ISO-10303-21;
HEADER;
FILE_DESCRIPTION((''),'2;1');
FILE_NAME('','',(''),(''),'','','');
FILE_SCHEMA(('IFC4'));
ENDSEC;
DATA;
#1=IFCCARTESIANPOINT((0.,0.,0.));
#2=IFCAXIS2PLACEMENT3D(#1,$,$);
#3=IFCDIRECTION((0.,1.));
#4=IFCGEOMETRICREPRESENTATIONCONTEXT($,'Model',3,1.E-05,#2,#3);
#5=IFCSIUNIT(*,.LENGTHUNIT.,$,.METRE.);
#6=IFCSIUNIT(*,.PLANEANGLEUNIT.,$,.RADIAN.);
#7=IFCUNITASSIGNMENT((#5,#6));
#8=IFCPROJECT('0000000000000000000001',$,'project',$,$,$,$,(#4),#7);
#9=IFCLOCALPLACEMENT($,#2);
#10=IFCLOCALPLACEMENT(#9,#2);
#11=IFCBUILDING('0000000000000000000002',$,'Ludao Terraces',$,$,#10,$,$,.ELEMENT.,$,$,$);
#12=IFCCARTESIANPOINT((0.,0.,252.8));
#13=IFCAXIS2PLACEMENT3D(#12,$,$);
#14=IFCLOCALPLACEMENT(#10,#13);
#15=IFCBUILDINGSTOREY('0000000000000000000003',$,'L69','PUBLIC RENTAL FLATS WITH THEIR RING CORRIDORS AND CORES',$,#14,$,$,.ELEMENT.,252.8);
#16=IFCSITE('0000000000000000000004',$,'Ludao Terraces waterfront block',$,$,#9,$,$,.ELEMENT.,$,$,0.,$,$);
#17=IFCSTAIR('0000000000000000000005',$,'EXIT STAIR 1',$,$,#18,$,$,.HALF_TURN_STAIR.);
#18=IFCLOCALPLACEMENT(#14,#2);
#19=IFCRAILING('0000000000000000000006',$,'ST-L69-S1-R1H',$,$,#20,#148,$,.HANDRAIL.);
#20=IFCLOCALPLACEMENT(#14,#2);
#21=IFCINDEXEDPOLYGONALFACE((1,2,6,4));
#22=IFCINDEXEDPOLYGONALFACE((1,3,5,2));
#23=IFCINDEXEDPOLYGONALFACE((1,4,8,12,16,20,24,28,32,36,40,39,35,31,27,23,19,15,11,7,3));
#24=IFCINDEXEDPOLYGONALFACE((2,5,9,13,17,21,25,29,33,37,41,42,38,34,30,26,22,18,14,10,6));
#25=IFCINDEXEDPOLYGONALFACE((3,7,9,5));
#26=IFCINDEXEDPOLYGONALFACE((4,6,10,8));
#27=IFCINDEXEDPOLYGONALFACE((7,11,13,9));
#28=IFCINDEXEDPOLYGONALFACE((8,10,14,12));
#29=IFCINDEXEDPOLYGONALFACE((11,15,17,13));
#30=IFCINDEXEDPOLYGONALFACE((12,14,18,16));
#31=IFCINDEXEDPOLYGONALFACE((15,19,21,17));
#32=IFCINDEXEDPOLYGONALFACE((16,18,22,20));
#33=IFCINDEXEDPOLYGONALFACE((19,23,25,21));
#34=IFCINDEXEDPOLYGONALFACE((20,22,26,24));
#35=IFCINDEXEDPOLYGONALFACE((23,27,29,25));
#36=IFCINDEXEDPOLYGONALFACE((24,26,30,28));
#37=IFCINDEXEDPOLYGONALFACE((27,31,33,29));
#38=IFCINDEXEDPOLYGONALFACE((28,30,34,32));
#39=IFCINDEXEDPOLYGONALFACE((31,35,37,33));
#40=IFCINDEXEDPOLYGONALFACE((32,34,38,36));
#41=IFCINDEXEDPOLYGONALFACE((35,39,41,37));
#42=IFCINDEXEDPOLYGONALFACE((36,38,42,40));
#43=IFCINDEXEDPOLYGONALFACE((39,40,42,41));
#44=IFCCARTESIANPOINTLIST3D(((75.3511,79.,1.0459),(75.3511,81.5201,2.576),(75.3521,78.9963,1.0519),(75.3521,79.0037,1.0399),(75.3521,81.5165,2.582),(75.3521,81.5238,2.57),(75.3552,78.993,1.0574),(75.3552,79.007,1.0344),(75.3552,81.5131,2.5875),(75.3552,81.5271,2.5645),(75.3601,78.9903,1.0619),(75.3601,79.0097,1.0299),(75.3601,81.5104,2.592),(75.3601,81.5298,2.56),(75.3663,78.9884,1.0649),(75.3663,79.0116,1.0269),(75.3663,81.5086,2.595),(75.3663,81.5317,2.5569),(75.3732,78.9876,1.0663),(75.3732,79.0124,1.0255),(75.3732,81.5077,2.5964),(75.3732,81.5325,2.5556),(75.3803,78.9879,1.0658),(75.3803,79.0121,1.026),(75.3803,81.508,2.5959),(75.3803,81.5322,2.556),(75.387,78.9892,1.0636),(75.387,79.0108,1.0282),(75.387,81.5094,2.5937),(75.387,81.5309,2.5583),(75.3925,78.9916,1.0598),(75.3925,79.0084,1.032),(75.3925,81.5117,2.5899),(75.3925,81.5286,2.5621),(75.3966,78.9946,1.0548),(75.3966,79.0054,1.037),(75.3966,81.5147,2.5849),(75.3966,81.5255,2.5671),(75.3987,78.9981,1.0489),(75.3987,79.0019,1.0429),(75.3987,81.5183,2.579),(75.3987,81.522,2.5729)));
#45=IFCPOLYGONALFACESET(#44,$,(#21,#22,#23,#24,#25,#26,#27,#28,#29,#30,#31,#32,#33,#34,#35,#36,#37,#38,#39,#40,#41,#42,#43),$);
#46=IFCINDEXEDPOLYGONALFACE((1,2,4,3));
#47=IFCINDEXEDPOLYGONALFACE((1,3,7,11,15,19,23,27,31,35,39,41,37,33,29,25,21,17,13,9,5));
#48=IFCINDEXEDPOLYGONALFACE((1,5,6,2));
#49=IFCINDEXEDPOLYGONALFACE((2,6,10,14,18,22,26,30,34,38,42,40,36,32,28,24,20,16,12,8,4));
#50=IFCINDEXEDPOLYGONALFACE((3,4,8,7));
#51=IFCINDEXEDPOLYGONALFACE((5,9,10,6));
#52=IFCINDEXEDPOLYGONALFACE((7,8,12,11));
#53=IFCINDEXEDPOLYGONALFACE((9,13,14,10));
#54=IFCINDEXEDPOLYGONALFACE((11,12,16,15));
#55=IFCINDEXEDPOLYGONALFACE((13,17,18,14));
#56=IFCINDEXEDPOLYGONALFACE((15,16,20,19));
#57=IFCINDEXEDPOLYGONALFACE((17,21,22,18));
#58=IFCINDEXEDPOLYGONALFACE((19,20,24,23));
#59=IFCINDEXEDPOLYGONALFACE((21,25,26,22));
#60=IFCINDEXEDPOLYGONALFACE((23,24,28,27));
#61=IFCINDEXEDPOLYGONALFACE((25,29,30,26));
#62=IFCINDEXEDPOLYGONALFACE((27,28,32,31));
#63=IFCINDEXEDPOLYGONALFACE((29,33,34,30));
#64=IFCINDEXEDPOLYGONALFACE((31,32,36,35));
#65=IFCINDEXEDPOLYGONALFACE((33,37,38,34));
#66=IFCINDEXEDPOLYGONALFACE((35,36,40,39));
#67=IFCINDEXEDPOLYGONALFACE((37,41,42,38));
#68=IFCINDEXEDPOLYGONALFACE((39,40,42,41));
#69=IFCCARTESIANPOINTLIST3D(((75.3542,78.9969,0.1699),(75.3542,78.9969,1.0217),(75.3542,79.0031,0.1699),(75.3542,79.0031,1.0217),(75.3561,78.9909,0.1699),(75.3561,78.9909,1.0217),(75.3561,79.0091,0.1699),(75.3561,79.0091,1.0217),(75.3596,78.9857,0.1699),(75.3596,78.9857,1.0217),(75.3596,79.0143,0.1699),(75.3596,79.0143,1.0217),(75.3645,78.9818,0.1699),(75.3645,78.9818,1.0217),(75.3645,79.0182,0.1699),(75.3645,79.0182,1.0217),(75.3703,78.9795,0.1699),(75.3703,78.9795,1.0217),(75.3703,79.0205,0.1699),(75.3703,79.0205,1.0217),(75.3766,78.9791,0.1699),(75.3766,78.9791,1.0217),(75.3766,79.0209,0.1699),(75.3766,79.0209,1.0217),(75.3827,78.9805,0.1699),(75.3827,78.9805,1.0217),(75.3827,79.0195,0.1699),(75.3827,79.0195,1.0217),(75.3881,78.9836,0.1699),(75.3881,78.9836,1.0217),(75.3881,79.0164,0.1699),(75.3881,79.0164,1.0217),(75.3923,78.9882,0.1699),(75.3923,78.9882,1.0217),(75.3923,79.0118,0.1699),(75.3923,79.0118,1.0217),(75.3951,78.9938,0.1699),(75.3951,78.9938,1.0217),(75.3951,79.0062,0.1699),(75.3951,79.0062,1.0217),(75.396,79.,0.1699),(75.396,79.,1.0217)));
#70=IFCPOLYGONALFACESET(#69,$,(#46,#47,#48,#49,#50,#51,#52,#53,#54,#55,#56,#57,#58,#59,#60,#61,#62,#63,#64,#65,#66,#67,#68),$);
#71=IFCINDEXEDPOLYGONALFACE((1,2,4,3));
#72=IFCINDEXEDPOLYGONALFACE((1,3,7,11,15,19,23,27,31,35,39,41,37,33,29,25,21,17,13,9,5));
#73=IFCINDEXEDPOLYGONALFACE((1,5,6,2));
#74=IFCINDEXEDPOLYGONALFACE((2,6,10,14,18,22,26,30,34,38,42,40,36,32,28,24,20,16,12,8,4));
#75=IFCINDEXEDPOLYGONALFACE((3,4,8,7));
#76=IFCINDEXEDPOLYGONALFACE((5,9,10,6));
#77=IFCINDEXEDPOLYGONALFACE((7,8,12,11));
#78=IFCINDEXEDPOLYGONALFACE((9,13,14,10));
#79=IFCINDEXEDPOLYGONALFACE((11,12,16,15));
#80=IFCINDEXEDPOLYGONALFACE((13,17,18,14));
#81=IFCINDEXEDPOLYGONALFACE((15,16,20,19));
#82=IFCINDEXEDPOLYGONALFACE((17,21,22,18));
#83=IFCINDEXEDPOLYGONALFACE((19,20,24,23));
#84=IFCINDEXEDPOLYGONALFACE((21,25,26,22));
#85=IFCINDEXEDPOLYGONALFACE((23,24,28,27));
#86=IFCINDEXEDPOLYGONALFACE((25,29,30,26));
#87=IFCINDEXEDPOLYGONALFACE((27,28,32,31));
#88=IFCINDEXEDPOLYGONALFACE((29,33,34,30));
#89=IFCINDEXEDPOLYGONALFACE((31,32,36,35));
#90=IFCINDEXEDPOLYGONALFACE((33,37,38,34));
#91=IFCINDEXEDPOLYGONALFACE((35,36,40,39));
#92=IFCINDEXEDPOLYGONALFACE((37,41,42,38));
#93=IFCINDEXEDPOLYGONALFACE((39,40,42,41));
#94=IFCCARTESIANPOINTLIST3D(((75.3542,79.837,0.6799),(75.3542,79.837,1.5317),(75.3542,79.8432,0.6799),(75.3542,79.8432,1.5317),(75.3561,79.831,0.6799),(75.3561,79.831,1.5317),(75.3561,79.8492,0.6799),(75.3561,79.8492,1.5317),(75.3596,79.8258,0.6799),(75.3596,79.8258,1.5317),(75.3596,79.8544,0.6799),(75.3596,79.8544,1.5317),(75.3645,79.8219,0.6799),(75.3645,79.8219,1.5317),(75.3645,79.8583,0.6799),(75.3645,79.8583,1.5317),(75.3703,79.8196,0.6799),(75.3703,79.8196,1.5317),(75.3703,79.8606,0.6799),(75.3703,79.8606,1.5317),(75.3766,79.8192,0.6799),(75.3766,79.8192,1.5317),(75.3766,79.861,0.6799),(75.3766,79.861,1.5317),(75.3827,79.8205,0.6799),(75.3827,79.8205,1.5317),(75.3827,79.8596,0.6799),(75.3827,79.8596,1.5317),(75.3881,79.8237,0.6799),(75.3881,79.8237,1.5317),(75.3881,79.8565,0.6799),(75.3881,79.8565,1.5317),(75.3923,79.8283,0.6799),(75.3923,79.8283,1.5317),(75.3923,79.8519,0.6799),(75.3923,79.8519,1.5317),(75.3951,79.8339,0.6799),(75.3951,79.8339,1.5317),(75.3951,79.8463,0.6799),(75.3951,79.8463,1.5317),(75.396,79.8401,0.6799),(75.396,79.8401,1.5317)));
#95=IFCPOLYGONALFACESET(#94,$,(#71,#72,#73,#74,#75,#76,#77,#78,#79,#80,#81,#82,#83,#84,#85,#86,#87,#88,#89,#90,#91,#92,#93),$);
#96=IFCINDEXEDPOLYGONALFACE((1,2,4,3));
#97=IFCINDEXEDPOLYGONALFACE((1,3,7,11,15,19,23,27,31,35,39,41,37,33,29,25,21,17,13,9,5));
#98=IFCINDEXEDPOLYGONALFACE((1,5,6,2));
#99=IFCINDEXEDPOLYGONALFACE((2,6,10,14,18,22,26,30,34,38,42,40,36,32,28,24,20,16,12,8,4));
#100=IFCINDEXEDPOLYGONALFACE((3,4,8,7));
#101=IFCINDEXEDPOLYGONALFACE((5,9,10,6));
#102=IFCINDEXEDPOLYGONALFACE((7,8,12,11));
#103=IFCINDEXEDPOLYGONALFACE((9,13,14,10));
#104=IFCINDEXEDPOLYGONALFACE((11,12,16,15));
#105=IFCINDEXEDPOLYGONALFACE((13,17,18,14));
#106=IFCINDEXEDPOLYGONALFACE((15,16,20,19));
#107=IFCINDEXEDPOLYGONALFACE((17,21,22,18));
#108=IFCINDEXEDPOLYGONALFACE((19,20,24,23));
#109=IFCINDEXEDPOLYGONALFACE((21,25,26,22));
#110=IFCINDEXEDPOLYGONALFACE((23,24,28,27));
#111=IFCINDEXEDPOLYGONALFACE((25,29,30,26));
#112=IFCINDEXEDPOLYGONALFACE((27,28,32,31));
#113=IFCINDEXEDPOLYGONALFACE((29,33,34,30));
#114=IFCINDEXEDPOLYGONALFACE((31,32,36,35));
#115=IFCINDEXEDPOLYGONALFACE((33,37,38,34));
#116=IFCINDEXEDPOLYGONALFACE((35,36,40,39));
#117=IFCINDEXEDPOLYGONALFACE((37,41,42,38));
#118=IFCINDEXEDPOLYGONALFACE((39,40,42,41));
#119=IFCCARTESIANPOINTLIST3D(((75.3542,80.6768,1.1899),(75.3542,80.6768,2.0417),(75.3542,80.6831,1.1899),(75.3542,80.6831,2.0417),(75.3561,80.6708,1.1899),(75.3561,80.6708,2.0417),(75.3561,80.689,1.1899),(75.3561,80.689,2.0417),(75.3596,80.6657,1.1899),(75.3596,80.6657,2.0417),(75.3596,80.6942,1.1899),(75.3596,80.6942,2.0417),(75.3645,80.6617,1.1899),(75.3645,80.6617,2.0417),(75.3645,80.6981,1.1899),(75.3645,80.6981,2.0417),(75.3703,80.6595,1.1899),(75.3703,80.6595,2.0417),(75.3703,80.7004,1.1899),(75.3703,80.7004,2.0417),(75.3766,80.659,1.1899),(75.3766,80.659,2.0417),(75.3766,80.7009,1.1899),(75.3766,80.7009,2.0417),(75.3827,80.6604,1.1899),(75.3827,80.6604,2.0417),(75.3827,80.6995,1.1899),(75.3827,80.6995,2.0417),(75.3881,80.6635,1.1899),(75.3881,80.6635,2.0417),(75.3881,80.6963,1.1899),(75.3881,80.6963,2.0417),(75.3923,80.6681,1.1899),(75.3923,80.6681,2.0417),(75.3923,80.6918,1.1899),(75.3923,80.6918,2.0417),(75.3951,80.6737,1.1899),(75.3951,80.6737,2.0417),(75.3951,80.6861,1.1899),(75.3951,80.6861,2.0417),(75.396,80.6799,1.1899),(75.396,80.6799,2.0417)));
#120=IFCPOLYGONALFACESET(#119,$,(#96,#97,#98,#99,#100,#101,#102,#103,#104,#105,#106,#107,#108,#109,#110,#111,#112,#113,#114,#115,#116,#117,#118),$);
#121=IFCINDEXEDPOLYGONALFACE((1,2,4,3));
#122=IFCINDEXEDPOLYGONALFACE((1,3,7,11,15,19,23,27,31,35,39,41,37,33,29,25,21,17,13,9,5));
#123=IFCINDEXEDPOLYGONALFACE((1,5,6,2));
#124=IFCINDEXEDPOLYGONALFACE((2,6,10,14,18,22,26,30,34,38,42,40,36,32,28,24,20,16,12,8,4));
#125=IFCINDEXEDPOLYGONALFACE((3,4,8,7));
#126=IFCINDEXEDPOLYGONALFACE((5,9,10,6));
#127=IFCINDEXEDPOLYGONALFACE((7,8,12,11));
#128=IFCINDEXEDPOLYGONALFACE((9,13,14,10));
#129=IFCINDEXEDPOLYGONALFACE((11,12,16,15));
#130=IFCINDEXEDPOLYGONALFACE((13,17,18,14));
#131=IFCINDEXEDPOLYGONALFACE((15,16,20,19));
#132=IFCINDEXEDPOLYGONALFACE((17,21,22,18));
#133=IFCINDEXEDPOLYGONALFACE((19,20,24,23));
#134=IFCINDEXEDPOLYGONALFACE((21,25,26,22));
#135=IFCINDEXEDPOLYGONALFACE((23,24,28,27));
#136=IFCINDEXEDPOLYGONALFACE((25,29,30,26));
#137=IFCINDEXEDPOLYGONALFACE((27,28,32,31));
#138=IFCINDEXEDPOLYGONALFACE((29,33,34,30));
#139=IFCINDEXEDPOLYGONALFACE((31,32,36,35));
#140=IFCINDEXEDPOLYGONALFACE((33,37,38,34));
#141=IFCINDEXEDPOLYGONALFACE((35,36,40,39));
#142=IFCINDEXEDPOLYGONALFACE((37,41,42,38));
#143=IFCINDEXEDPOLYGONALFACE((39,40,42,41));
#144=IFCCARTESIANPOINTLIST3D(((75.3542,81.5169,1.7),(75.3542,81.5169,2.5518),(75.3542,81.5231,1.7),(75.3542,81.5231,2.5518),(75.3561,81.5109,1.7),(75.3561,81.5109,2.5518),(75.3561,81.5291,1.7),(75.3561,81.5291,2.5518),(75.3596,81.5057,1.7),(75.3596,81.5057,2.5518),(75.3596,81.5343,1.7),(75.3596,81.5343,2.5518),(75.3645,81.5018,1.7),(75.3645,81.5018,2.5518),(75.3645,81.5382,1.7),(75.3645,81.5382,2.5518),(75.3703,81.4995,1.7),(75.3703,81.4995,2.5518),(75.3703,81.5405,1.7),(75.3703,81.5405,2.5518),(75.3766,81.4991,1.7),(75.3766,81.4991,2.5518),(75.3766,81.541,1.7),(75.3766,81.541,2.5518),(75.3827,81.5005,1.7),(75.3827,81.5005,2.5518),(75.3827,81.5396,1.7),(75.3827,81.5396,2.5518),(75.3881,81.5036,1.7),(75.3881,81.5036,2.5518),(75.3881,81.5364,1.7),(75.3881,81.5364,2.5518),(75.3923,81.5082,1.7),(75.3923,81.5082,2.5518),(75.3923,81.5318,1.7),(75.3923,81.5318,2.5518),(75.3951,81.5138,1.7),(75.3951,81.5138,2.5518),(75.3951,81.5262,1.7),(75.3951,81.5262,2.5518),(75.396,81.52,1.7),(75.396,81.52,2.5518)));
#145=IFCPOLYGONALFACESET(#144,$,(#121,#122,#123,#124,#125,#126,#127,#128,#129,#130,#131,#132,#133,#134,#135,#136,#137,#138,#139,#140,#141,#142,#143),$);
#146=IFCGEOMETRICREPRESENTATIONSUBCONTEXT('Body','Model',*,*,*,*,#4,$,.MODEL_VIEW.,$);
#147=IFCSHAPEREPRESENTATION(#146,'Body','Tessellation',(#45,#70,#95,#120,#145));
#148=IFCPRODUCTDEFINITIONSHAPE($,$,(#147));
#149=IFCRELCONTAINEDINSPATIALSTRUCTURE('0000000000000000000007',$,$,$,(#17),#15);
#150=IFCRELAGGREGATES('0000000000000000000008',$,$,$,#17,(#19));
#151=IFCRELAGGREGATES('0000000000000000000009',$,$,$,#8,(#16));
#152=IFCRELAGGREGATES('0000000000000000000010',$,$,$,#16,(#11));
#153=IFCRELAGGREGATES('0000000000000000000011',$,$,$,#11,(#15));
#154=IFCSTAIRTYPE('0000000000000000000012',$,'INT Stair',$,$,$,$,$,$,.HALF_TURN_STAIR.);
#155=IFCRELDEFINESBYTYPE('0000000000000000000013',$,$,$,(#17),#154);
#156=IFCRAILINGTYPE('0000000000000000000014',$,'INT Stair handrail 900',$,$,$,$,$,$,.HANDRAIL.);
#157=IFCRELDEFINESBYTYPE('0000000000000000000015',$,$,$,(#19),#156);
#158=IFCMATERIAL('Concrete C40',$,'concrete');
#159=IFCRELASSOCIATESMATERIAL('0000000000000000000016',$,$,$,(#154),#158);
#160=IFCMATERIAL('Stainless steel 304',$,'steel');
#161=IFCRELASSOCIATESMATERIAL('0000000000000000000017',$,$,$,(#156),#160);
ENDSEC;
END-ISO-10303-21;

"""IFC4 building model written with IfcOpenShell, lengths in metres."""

from ifc_helpers import new_model, si_unit, direction, frame, origin, origin_2d, place, context, subcontext, project, spatial, circle, extrude, material, type_object, element, aggregate, save


model = new_model("IFC4")

# Units and contexts
model_context = context("Model", 3, precision=1e-05, world=origin(), true_north=direction((0.0, 1.0)))
body_context = subcontext(model_context, "Body", "Model", "MODEL_VIEW")
ifc_project = project(units=[si_unit("LENGTHUNIT", "METRE"), si_unit("PLANEANGLEUNIT", "RADIAN")], contexts=[model_context])

# Site, building, storey
site_placement = place(None, origin())
site = spatial("IfcSite", under=ifc_project, at=site_placement, Name="Ludao Terraces waterfront block", CompositionType="ELEMENT", RefElevation=0.0)
building_placement = place(site_placement, origin())
building = spatial("IfcBuilding", under=site, at=building_placement, Name="Ludao Terraces", CompositionType="ELEMENT")
storey_placement = place(building_placement, frame((0.0, 0.0, 252.8)))
storey = spatial("IfcBuildingStorey", under=building, at=storey_placement, Name="L69", Description="PUBLIC RENTAL FLATS WITH THEIR RING CORRIDORS AND CORES", CompositionType="ELEMENT", Elevation=252.8)

# Stair, railing
ifc_material_1 = material(Name="Concrete C40", Category="concrete")
stair_type = type_object("IfcStairType", Name="INT Stair", PredefinedType="HALF_TURN_STAIR", material=ifc_material_1)
stair_placement = place(storey_placement, origin())
stair = element("IfcStair", 1, at=stair_placement, inside=storey, type_object=stair_type, Name="EXIT STAIR 1", PredefinedType="HALF_TURN_STAIR")
ifc_material_2 = material(Name="Stainless steel 304", Category="steel")
railing_type_1 = type_object("IfcRailingType", Name="INT Stair handrail 900", PredefinedType="HANDRAIL", material=ifc_material_2)
railing_1_placement = place(storey_placement, frame((75.375, 79.0, 0.1699)))
railing_1 = element("IfcRailing", 2, at=railing_1_placement, type_object=railing_type_1, Name="ST-L69-S1-R1H", PredefinedType="HANDRAIL", context=body_context, shape_type="SweptSolid", body=[
    extrude(circle(Radius=0.0239, at=origin_2d()), frame((0.0, 0.0, 0.876), z_axis=(0.0, 0.854785, 0.518982), x_axis=(-1.0, 0.0, 0.0)), (0.0, 0.0, 1.0), 2.9482),
    extrude(circle(Radius=0.021, at=origin_2d()), origin(), (0.0, 0.0, 1.0), 0.8518),
    extrude(circle(Radius=0.021, at=origin_2d()), frame((0.0, 0.8401, 0.51)), (0.0, 0.0, 1.0), 0.8518),
    extrude(circle(Radius=0.021, at=origin_2d()), frame((0.0, 1.6799, 1.02)), (0.0, 0.0, 1.0), 0.8518),
    extrude(circle(Radius=0.021, at=origin_2d()), frame((0.0, 2.52, 1.53)), (0.0, 0.0, 1.0), 0.8518),
])
aggregate(stair, [railing_1])

save(model, "model.ifc")
